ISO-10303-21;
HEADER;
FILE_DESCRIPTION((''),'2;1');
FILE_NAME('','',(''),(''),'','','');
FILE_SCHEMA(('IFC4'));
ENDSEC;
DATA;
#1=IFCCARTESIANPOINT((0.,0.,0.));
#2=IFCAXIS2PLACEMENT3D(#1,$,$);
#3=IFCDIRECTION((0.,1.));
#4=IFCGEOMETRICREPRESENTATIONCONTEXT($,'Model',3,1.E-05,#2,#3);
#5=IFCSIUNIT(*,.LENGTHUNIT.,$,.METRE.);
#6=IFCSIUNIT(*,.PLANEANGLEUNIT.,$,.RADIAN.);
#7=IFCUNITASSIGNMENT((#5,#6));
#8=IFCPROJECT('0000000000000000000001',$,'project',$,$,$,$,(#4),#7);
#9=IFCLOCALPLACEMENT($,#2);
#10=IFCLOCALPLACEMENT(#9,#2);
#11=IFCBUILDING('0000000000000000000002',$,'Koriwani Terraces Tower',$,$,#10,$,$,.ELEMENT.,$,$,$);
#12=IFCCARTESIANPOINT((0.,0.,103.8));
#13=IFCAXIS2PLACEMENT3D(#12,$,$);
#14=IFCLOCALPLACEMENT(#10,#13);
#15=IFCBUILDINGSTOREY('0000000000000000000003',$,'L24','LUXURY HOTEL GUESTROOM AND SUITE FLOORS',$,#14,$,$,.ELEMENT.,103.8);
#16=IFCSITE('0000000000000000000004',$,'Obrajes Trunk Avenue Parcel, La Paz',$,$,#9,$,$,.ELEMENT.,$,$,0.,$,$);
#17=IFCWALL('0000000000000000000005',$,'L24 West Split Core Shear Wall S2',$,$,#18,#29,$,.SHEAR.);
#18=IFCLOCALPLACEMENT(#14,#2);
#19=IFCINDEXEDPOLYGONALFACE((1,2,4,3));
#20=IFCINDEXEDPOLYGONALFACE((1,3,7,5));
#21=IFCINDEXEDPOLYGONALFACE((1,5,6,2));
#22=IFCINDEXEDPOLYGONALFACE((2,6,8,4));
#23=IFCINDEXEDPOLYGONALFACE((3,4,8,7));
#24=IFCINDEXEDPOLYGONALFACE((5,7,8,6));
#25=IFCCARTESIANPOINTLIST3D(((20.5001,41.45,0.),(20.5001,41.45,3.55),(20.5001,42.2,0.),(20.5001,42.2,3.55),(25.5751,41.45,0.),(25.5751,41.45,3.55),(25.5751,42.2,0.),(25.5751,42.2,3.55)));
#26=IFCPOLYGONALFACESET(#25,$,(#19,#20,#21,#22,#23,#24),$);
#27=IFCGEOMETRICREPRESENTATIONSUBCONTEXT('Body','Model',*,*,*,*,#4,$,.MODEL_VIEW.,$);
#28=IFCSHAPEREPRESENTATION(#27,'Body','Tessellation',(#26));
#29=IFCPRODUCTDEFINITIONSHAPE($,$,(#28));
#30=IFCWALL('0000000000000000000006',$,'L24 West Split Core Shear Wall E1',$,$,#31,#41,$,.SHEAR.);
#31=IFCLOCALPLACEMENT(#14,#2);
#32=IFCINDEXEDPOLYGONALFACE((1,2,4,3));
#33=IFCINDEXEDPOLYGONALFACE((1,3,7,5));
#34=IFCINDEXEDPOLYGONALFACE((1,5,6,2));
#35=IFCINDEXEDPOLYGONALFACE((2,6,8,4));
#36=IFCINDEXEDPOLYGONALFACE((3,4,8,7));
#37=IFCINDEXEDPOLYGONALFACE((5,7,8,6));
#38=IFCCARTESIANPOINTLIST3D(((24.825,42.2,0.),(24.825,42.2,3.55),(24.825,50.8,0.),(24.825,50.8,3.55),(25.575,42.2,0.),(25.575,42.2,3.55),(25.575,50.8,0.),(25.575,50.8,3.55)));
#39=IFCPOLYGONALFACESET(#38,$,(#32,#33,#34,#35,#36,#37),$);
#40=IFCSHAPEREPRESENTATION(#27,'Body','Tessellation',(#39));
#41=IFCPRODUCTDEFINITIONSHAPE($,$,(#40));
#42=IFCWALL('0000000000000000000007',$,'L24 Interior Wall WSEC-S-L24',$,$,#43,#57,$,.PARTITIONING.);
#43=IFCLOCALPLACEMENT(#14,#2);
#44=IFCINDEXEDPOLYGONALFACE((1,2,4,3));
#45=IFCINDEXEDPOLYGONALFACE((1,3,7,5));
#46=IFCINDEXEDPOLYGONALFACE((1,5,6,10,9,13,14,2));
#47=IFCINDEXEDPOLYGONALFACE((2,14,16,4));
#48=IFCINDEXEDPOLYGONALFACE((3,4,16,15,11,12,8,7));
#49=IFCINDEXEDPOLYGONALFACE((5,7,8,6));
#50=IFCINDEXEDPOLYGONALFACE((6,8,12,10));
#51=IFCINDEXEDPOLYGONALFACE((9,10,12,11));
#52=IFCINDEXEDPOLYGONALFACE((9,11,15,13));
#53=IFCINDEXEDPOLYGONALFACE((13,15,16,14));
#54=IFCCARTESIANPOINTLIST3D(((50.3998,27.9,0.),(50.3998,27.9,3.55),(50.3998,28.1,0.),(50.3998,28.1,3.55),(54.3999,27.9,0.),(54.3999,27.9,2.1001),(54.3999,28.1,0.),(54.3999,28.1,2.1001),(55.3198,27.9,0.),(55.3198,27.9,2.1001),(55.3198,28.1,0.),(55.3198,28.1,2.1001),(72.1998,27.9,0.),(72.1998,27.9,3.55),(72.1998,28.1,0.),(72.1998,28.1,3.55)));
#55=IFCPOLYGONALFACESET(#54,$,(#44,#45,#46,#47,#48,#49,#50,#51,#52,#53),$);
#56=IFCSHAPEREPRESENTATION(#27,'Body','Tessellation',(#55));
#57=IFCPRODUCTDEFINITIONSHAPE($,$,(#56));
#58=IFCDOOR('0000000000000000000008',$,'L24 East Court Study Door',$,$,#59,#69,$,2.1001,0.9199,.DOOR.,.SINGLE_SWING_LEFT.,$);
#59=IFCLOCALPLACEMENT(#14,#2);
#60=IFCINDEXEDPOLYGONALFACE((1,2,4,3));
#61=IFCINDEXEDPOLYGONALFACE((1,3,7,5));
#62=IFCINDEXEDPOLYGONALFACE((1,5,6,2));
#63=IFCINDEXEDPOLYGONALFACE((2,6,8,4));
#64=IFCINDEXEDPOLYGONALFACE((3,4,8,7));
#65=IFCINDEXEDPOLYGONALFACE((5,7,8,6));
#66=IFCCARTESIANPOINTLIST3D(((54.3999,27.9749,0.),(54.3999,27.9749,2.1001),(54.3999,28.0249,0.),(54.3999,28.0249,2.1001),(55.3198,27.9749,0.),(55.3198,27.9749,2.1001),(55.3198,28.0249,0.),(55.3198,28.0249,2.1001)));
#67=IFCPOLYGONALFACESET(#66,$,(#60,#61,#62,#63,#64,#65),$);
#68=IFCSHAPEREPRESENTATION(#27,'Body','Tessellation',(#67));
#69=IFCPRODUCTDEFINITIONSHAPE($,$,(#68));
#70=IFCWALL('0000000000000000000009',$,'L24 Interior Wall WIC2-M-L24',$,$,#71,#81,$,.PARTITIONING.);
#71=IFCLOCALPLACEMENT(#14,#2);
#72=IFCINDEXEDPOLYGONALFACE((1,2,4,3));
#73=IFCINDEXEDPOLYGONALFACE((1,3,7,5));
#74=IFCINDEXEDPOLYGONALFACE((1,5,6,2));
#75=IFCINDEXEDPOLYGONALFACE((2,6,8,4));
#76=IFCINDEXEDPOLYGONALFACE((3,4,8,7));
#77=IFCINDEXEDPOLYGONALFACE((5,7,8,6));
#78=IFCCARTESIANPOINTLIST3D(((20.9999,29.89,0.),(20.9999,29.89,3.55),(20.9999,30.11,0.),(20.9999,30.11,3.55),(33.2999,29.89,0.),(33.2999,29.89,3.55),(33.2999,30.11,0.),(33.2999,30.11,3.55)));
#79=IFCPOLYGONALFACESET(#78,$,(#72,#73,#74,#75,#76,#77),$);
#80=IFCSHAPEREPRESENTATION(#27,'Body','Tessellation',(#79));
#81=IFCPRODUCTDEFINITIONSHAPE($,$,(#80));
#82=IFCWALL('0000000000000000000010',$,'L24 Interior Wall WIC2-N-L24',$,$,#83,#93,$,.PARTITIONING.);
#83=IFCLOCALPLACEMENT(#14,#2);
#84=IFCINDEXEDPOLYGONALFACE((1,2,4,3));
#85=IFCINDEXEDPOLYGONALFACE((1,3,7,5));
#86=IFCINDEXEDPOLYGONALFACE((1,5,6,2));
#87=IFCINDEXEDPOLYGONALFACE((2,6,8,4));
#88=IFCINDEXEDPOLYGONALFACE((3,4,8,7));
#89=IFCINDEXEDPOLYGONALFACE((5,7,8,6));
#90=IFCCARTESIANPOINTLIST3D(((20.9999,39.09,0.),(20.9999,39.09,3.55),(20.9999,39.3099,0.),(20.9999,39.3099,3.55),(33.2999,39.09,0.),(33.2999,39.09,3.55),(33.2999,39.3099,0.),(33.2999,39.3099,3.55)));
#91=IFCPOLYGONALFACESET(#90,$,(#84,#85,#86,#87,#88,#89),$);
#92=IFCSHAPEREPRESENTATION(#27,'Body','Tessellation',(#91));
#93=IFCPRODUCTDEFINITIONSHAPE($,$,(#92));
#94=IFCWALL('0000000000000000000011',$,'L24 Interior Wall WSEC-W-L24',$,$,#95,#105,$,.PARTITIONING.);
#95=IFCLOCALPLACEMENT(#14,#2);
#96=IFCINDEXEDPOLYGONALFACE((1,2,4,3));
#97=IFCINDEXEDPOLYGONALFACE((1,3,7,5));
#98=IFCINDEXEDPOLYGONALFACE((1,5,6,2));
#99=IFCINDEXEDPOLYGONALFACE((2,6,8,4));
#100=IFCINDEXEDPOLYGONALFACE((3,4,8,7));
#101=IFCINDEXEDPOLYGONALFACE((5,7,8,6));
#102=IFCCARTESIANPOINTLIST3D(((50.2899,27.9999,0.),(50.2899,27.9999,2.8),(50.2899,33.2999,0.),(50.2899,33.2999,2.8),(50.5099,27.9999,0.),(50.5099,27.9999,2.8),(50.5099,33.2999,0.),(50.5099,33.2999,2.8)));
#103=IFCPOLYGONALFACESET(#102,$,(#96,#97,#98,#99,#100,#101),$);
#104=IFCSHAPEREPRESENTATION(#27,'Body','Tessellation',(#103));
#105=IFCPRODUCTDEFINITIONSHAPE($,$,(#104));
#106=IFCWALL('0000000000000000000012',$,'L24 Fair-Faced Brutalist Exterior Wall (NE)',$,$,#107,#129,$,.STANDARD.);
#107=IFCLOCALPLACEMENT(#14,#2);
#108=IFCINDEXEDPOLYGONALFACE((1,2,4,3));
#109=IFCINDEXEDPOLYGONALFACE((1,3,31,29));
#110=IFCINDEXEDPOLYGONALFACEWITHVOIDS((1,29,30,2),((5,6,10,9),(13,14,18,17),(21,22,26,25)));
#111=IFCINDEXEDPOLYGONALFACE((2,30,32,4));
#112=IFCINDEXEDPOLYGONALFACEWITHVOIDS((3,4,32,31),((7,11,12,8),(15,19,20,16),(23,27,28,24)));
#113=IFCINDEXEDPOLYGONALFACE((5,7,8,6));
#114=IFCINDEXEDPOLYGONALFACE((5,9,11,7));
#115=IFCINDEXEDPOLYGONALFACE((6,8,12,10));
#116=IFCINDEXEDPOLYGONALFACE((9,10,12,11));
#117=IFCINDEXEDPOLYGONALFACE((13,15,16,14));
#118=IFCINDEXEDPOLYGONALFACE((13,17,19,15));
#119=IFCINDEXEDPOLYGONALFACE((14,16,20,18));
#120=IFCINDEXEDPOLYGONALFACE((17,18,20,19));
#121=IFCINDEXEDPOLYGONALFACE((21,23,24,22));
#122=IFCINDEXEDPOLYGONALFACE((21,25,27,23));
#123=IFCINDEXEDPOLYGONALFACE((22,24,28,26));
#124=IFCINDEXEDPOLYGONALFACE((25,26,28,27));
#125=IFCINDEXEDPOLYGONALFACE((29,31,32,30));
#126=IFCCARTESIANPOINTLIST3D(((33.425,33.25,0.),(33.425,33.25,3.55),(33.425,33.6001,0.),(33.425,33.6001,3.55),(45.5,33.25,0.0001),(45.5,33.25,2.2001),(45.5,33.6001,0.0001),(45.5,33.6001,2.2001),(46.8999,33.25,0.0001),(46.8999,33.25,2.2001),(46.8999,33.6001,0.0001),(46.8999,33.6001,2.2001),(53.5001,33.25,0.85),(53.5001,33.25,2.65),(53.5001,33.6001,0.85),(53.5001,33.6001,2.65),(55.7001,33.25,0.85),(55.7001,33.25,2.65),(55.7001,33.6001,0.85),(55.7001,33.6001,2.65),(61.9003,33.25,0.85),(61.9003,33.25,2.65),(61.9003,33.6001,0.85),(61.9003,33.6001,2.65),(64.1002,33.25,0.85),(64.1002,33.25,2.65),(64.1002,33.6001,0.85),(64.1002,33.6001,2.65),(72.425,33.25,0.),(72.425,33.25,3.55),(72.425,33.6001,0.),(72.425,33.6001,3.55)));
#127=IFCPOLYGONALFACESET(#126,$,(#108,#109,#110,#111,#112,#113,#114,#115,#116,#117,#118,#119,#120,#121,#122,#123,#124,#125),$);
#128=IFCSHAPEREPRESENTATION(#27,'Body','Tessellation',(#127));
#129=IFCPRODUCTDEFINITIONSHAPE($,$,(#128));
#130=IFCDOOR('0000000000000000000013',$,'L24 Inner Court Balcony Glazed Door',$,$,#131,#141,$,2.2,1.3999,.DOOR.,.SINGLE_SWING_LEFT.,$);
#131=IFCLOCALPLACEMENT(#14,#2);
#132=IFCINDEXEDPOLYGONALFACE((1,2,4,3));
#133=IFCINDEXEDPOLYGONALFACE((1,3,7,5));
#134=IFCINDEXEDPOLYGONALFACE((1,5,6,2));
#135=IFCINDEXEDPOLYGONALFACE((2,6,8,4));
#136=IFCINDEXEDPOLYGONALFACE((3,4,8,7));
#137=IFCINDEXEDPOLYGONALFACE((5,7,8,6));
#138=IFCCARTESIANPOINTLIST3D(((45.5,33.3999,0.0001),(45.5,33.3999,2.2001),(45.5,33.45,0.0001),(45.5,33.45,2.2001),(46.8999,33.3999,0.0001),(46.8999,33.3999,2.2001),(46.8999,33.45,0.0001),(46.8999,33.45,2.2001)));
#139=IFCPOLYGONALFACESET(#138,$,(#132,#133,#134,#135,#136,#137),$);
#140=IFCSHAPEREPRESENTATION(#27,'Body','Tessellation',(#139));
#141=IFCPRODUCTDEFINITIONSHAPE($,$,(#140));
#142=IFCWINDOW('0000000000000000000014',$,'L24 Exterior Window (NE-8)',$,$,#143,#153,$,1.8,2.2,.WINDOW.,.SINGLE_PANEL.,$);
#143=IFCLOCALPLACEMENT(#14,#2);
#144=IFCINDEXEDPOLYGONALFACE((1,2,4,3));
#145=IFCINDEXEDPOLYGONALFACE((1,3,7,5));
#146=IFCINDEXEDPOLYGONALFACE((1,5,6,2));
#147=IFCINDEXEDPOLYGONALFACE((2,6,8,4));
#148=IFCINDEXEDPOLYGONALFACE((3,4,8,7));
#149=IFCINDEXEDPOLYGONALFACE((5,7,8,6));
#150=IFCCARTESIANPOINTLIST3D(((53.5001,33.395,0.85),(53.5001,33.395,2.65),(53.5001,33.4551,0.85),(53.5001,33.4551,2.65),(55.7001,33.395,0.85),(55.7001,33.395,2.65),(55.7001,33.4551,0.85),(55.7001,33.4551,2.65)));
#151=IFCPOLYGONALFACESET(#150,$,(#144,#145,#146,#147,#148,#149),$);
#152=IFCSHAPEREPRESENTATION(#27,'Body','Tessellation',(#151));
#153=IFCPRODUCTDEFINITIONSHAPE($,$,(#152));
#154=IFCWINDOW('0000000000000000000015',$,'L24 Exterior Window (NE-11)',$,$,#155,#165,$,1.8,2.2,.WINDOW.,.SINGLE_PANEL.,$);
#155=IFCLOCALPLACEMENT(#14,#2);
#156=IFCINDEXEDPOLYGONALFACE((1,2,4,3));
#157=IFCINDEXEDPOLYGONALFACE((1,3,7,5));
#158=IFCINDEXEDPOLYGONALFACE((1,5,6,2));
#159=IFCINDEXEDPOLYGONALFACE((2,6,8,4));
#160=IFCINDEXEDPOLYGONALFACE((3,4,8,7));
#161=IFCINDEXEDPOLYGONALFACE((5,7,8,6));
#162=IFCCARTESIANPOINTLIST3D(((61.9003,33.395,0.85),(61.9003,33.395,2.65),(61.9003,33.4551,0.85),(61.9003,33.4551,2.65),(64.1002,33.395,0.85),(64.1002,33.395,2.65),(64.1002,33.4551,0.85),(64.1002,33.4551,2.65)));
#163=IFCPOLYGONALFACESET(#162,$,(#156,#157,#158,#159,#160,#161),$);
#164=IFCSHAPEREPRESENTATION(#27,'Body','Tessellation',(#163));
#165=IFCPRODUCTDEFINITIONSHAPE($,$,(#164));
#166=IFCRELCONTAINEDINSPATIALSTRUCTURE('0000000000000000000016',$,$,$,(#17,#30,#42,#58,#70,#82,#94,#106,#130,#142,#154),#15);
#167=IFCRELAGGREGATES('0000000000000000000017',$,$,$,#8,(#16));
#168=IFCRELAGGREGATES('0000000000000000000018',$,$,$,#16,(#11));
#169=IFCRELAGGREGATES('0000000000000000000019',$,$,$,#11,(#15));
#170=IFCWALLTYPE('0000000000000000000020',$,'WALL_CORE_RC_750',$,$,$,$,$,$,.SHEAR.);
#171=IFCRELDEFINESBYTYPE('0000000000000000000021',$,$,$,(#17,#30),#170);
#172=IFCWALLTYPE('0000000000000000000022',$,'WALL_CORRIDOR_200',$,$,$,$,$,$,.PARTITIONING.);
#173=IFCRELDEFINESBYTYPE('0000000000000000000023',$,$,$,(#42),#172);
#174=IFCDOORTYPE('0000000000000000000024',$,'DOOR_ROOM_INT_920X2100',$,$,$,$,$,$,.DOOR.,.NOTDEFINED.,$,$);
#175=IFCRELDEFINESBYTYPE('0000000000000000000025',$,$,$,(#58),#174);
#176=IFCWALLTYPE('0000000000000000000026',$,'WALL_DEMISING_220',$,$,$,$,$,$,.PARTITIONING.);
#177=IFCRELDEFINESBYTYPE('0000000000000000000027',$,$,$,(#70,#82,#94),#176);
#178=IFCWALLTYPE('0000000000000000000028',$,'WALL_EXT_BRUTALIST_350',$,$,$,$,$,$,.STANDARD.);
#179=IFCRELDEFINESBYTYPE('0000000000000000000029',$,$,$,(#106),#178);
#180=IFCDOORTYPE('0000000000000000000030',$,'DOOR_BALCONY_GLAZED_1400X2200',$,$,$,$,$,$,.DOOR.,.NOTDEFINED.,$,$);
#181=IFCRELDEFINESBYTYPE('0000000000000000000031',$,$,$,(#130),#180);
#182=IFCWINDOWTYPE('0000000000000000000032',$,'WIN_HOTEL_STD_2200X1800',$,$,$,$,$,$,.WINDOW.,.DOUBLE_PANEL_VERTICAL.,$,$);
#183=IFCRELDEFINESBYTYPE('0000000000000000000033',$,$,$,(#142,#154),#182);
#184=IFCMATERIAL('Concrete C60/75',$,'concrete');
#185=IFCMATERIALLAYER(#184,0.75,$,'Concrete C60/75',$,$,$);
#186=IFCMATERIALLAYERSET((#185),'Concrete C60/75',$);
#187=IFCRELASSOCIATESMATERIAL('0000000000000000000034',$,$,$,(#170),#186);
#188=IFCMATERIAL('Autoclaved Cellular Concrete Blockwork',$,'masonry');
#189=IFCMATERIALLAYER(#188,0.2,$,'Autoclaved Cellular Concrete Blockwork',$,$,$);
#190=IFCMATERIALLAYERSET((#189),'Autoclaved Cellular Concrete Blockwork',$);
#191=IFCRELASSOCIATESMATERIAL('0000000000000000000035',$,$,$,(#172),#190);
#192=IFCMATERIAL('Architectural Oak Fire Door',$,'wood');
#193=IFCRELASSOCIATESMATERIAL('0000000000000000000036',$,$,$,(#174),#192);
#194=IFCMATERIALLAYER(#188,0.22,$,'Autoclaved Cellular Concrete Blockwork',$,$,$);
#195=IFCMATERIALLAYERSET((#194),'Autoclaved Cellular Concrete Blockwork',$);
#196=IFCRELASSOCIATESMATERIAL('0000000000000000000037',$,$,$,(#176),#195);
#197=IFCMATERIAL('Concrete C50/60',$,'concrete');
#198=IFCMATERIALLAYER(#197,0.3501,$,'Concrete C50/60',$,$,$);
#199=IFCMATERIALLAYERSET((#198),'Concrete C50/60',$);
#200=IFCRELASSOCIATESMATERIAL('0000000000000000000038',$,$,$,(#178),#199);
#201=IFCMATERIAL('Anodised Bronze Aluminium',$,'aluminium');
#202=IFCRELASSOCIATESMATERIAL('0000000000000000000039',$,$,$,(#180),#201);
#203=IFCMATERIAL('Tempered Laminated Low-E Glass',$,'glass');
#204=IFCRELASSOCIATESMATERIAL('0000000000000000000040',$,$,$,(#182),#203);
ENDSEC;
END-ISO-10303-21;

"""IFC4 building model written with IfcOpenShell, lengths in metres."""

from ifc_helpers import new_model, si_unit, direction, frame, frame_2d, origin, place, context, subcontext, project, spatial, rectangle, extrude, material, layer, layer_set, type_object, element, fill, save


model = new_model("IFC4")

# Units and contexts
model_context = context("Model", 3, precision=1e-05, world=origin(), true_north=direction((0.0, 1.0)))
body_context = subcontext(model_context, "Body", "Model", "MODEL_VIEW")
ifc_project = project(units=[si_unit("LENGTHUNIT", "METRE"), si_unit("PLANEANGLEUNIT", "RADIAN")], contexts=[model_context])

# Site, building, storey
site_placement = place(None, origin())
site = spatial("IfcSite", under=ifc_project, at=site_placement, Name="Obrajes Trunk Avenue Parcel, La Paz", CompositionType="ELEMENT", RefElevation=0.0)
building_placement = place(site_placement, origin())
building = spatial("IfcBuilding", under=site, at=building_placement, Name="Koriwani Terraces Tower", CompositionType="ELEMENT")
storey_placement = place(building_placement, frame((0.0, 0.0, 103.8)))
storey = spatial("IfcBuildingStorey", under=building, at=storey_placement, Name="L24", Description="LUXURY HOTEL GUESTROOM AND SUITE FLOORS", CompositionType="ELEMENT", Elevation=103.8)

# Shared definitions
ifc_material_1 = material(Name="Concrete C60/75", Category="concrete")

# Shared definitions
ifc_material_2 = material(Name="Concrete C50/60", Category="concrete")

# Walls
ifc_layer_1 = layer(ifc_material_1, 0.75, Name="Concrete C60/75")
ifc_layer_set_1 = layer_set([ifc_layer_1], Name="Concrete C60/75")
wall_type_1 = type_object("IfcWallType", Name="WALL_CORE_RC_750", PredefinedType="SHEAR", material=ifc_layer_set_1)
wall_1_placement = place(storey_placement, frame((20.5, 41.825, 0.0), z_axis=(0.0, 0.0, 1.0), x_axis=(1.0, 0.0, 0.0)))
element("IfcWall", 1, at=wall_1_placement, inside=storey, type_object=wall_type_1, Name="L24 West Split Core Shear Wall S2", PredefinedType="SHEAR", context=body_context, shape_type="SweptSolid", body=[
    extrude(rectangle(XDim=5.075, YDim=0.75, at=frame_2d((2.5376, 0.0))), origin(), (0.0, 0.0, 1.0), 3.55),
])
wall_2_placement = place(storey_placement, frame((25.2, 42.2, 0.0), z_axis=(0.0, 0.0, 1.0), x_axis=(0.0, 1.0, 0.0)))
element("IfcWall", 2, at=wall_2_placement, inside=storey, type_object=wall_type_1, Name="L24 West Split Core Shear Wall E1", PredefinedType="SHEAR", context=body_context, shape_type="SweptSolid", body=[
    extrude(rectangle(XDim=8.6001, YDim=0.75, at=frame_2d((4.3, 0.0))), origin(), (0.0, 0.0, 1.0), 3.55),
])

# Wall, opening, door
ifc_material_3 = material(Name="Autoclaved Cellular Concrete Blockwork", Category="masonry")
ifc_layer_2 = layer(ifc_material_3, 0.2, Name="Autoclaved Cellular Concrete Blockwork")
ifc_layer_set_2 = layer_set([ifc_layer_2], Name="Autoclaved Cellular Concrete Blockwork")
wall_type_2 = type_object("IfcWallType", Name="WALL_CORRIDOR_200", PredefinedType="PARTITIONING", material=ifc_layer_set_2)
wall_3_placement = place(storey_placement, frame((50.3999, 28.0, 0.0), z_axis=(0.0, 0.0, 1.0), x_axis=(1.0, 0.0, 0.0)))
wall_3 = element("IfcWall", 3, at=wall_3_placement, inside=storey, type_object=wall_type_2, Name="L24 Interior Wall WSEC-S-L24", PredefinedType="PARTITIONING", context=body_context, shape_type="SweptSolid", body=[
    extrude(rectangle(XDim=21.8, YDim=0.2, at=frame_2d((10.8999, 0.0))), origin(), (0.0, 0.0, 1.0), 3.55),
])
opening_1_placement = place(wall_3_placement, frame((4.0, 0.0, 0.0)))
opening_1 = element("IfcOpeningElement", 4, at=opening_1_placement, cuts=wall_3, PredefinedType="OPENING", context=body_context, shape_type="SweptSolid", body=[
    extrude(rectangle(XDim=0.9199, YDim=2.1001, at=frame_2d((0.46, 1.05))), frame((0.0, 0.1099, 0.0), z_axis=(0.0, -1.0, 0.0), x_axis=(1.0, 0.0, 0.0)), (0.0, 0.0, 1.0), 0.22),
])
ifc_material_4 = material(Name="Architectural Oak Fire Door", Category="wood")
door_type_1 = type_object("IfcDoorType", Name="DOOR_ROOM_INT_920X2100", OperationType="NOTDEFINED", PredefinedType="DOOR", material=ifc_material_4)
door_1_placement = place(opening_1_placement, origin())
door_1 = element("IfcDoor", 5, at=door_1_placement, inside=storey, type_object=door_type_1, Name="L24 East Court Study Door", OperationType="SINGLE_SWING_LEFT", OverallHeight=2.1001, OverallWidth=0.9199, PredefinedType="DOOR", context=body_context, shape_type="SweptSolid", body=[
    extrude(rectangle(XDim=0.9199, YDim=2.1001, at=frame_2d((0.46, 1.05))), frame((0.0, 0.0249, 0.0), z_axis=(0.0, -1.0, 0.0), x_axis=(1.0, 0.0, 0.0)), (0.0, 0.0, 1.0), 0.05),
])
fill(opening_1, door_1)

# Walls
ifc_layer_3 = layer(ifc_material_3, 0.22, Name="Autoclaved Cellular Concrete Blockwork")
ifc_layer_set_3 = layer_set([ifc_layer_3], Name="Autoclaved Cellular Concrete Blockwork")
wall_type_3 = type_object("IfcWallType", Name="WALL_DEMISING_220", PredefinedType="PARTITIONING", material=ifc_layer_set_3)
for number, where, z_axis, x_axis, name in (
    (6, (21.0, 30.0, 0.0), (0.0, 0.0, 1.0), (1.0, 0.0, 0.0), "L24 Interior Wall WIC2-M-L24"),
    (7, (21.0, 39.2, 0.0), (0.0, 0.0, 1.0), (1.0, 0.0, 0.0), "L24 Interior Wall WIC2-N-L24"),
):
    element("IfcWall", number, at=place(storey_placement, frame(where, z_axis=z_axis, x_axis=x_axis)), inside=storey, type_object=wall_type_3, Name=name, PredefinedType="PARTITIONING", context=body_context, shape_type="SweptSolid", body=[
        extrude(rectangle(XDim=12.3, YDim=0.22, at=frame_2d((6.1499, 0.0))), origin(), (0.0, 0.0, 1.0), 3.55),
    ])
wall_4_placement = place(storey_placement, frame((50.3999, 28.0, 0.0), z_axis=(0.0, 0.0, 1.0), x_axis=(0.0, 1.0, 0.0)))
element("IfcWall", 8, at=wall_4_placement, inside=storey, type_object=wall_type_3, Name="L24 Interior Wall WSEC-W-L24", PredefinedType="PARTITIONING", context=body_context, shape_type="SweptSolid", body=[
    extrude(rectangle(XDim=5.3, YDim=0.22, at=frame_2d((2.6499, 0.0))), origin(), (0.0, 0.0, 1.0), 2.8),
])

# Wall, openings, door, windows
ifc_layer_4 = layer(ifc_material_2, 0.3501, Name="Concrete C50/60")
ifc_layer_set_4 = layer_set([ifc_layer_4], Name="Concrete C50/60")
wall_type_4 = type_object("IfcWallType", Name="WALL_EXT_BRUTALIST_350", PredefinedType="STANDARD", material=ifc_layer_set_4)
wall_5_placement = place(storey_placement, frame((33.425, 33.425, 0.0), z_axis=(0.0, 0.0, 1.0), x_axis=(1.0, 0.0, 0.0)))
wall_5 = element("IfcWall", 9, at=wall_5_placement, inside=storey, type_object=wall_type_4, Name="L24 Fair-Faced Brutalist Exterior Wall (NE)", PredefinedType="STANDARD", context=body_context, shape_type="SweptSolid", body=[
    extrude(rectangle(XDim=39.0, YDim=0.3501, at=frame_2d((19.5, 0.0))), origin(), (0.0, 0.0, 1.0), 3.55),
])
opening_2_placement = place(wall_5_placement, frame((12.075, 0.0, 0.0)))
opening_2 = element("IfcOpeningElement", 10, at=opening_2_placement, cuts=wall_5, PredefinedType="OPENING", context=body_context, shape_type="SweptSolid", body=[
    extrude(rectangle(XDim=1.3999, YDim=2.2, at=frame_2d((0.7, 1.1001))), frame((0.0, 0.1851, 0.0), z_axis=(0.0, -1.0, 0.0), x_axis=(1.0, 0.0, 0.0)), (0.0, 0.0, 1.0), 0.3701),
])
opening_3_placement = place(wall_5_placement, frame((20.075, 0.0, 0.8501)))
opening_3 = element("IfcOpeningElement", 11, at=opening_3_placement, cuts=wall_5, PredefinedType="OPENING", context=body_context, shape_type="SweptSolid", body=[
    extrude(rectangle(XDim=2.2, YDim=1.8, at=frame_2d((1.1001, 0.8999))), frame((0.0, 0.1851, 0.0), z_axis=(0.0, -1.0, 0.0), x_axis=(1.0, 0.0, 0.0)), (0.0, 0.0, 1.0), 0.3701),
])
opening_4_placement = place(wall_5_placement, frame((28.4751, 0.0, 0.8501)))
opening_4 = element("IfcOpeningElement", 12, at=opening_4_placement, cuts=wall_5, PredefinedType="OPENING", context=body_context, shape_type="SweptSolid", body=[
    extrude(rectangle(XDim=2.2, YDim=1.8, at=frame_2d((1.1001, 0.8999))), frame((0.0, 0.1851, 0.0), z_axis=(0.0, -1.0, 0.0), x_axis=(1.0, 0.0, 0.0)), (0.0, 0.0, 1.0), 0.3701),
])
ifc_material_5 = material(Name="Anodised Bronze Aluminium", Category="aluminium")
door_type_2 = type_object("IfcDoorType", Name="DOOR_BALCONY_GLAZED_1400X2200", OperationType="NOTDEFINED", PredefinedType="DOOR", material=ifc_material_5)
door_2_placement = place(opening_2_placement, origin())
door_2 = element("IfcDoor", 13, at=door_2_placement, inside=storey, type_object=door_type_2, Name="L24 Inner Court Balcony Glazed Door", OperationType="SINGLE_SWING_LEFT", OverallHeight=2.2, OverallWidth=1.3999, PredefinedType="DOOR", context=body_context, shape_type="SweptSolid", body=[
    extrude(rectangle(XDim=1.3999, YDim=2.2, at=frame_2d((0.7, 1.1001))), frame((0.0, 0.0249, 0.0), z_axis=(0.0, -1.0, 0.0), x_axis=(1.0, 0.0, 0.0)), (0.0, 0.0, 1.0), 0.05),
])
fill(opening_2, door_2)
ifc_material_6 = material(Name="Tempered Laminated Low-E Glass", Category="glass")
window_type = type_object("IfcWindowType", Name="WIN_HOTEL_STD_2200X1800", PartitioningType="DOUBLE_PANEL_VERTICAL", PredefinedType="WINDOW", material=ifc_material_6)
window_1_placement = place(opening_3_placement, origin())
window_1 = element("IfcWindow", 14, at=window_1_placement, inside=storey, type_object=window_type, Name="L24 Exterior Window (NE-8)", OverallHeight=1.8, OverallWidth=2.2, PartitioningType="SINGLE_PANEL", PredefinedType="WINDOW", context=body_context, shape_type="SweptSolid", body=[
    extrude(rectangle(XDim=2.2, YDim=1.8, at=frame_2d((1.1001, 0.8999))), frame((0.0, 0.03, 0.0), z_axis=(0.0, -1.0, 0.0), x_axis=(1.0, 0.0, 0.0)), (0.0, 0.0, 1.0), 0.0601),
])
fill(opening_3, window_1)
window_2_placement = place(opening_4_placement, origin())
window_2 = element("IfcWindow", 15, at=window_2_placement, inside=storey, type_object=window_type, Name="L24 Exterior Window (NE-11)", OverallHeight=1.8, OverallWidth=2.2, PartitioningType="SINGLE_PANEL", PredefinedType="WINDOW", context=body_context, shape_type="SweptSolid", body=[
    extrude(rectangle(XDim=2.2, YDim=1.8, at=frame_2d((1.1001, 0.8999))), frame((0.0, 0.03, 0.0), z_axis=(0.0, -1.0, 0.0), x_axis=(1.0, 0.0, 0.0)), (0.0, 0.0, 1.0), 0.0601),
])
fill(opening_4, window_2)

save(model, "model.ifc")
